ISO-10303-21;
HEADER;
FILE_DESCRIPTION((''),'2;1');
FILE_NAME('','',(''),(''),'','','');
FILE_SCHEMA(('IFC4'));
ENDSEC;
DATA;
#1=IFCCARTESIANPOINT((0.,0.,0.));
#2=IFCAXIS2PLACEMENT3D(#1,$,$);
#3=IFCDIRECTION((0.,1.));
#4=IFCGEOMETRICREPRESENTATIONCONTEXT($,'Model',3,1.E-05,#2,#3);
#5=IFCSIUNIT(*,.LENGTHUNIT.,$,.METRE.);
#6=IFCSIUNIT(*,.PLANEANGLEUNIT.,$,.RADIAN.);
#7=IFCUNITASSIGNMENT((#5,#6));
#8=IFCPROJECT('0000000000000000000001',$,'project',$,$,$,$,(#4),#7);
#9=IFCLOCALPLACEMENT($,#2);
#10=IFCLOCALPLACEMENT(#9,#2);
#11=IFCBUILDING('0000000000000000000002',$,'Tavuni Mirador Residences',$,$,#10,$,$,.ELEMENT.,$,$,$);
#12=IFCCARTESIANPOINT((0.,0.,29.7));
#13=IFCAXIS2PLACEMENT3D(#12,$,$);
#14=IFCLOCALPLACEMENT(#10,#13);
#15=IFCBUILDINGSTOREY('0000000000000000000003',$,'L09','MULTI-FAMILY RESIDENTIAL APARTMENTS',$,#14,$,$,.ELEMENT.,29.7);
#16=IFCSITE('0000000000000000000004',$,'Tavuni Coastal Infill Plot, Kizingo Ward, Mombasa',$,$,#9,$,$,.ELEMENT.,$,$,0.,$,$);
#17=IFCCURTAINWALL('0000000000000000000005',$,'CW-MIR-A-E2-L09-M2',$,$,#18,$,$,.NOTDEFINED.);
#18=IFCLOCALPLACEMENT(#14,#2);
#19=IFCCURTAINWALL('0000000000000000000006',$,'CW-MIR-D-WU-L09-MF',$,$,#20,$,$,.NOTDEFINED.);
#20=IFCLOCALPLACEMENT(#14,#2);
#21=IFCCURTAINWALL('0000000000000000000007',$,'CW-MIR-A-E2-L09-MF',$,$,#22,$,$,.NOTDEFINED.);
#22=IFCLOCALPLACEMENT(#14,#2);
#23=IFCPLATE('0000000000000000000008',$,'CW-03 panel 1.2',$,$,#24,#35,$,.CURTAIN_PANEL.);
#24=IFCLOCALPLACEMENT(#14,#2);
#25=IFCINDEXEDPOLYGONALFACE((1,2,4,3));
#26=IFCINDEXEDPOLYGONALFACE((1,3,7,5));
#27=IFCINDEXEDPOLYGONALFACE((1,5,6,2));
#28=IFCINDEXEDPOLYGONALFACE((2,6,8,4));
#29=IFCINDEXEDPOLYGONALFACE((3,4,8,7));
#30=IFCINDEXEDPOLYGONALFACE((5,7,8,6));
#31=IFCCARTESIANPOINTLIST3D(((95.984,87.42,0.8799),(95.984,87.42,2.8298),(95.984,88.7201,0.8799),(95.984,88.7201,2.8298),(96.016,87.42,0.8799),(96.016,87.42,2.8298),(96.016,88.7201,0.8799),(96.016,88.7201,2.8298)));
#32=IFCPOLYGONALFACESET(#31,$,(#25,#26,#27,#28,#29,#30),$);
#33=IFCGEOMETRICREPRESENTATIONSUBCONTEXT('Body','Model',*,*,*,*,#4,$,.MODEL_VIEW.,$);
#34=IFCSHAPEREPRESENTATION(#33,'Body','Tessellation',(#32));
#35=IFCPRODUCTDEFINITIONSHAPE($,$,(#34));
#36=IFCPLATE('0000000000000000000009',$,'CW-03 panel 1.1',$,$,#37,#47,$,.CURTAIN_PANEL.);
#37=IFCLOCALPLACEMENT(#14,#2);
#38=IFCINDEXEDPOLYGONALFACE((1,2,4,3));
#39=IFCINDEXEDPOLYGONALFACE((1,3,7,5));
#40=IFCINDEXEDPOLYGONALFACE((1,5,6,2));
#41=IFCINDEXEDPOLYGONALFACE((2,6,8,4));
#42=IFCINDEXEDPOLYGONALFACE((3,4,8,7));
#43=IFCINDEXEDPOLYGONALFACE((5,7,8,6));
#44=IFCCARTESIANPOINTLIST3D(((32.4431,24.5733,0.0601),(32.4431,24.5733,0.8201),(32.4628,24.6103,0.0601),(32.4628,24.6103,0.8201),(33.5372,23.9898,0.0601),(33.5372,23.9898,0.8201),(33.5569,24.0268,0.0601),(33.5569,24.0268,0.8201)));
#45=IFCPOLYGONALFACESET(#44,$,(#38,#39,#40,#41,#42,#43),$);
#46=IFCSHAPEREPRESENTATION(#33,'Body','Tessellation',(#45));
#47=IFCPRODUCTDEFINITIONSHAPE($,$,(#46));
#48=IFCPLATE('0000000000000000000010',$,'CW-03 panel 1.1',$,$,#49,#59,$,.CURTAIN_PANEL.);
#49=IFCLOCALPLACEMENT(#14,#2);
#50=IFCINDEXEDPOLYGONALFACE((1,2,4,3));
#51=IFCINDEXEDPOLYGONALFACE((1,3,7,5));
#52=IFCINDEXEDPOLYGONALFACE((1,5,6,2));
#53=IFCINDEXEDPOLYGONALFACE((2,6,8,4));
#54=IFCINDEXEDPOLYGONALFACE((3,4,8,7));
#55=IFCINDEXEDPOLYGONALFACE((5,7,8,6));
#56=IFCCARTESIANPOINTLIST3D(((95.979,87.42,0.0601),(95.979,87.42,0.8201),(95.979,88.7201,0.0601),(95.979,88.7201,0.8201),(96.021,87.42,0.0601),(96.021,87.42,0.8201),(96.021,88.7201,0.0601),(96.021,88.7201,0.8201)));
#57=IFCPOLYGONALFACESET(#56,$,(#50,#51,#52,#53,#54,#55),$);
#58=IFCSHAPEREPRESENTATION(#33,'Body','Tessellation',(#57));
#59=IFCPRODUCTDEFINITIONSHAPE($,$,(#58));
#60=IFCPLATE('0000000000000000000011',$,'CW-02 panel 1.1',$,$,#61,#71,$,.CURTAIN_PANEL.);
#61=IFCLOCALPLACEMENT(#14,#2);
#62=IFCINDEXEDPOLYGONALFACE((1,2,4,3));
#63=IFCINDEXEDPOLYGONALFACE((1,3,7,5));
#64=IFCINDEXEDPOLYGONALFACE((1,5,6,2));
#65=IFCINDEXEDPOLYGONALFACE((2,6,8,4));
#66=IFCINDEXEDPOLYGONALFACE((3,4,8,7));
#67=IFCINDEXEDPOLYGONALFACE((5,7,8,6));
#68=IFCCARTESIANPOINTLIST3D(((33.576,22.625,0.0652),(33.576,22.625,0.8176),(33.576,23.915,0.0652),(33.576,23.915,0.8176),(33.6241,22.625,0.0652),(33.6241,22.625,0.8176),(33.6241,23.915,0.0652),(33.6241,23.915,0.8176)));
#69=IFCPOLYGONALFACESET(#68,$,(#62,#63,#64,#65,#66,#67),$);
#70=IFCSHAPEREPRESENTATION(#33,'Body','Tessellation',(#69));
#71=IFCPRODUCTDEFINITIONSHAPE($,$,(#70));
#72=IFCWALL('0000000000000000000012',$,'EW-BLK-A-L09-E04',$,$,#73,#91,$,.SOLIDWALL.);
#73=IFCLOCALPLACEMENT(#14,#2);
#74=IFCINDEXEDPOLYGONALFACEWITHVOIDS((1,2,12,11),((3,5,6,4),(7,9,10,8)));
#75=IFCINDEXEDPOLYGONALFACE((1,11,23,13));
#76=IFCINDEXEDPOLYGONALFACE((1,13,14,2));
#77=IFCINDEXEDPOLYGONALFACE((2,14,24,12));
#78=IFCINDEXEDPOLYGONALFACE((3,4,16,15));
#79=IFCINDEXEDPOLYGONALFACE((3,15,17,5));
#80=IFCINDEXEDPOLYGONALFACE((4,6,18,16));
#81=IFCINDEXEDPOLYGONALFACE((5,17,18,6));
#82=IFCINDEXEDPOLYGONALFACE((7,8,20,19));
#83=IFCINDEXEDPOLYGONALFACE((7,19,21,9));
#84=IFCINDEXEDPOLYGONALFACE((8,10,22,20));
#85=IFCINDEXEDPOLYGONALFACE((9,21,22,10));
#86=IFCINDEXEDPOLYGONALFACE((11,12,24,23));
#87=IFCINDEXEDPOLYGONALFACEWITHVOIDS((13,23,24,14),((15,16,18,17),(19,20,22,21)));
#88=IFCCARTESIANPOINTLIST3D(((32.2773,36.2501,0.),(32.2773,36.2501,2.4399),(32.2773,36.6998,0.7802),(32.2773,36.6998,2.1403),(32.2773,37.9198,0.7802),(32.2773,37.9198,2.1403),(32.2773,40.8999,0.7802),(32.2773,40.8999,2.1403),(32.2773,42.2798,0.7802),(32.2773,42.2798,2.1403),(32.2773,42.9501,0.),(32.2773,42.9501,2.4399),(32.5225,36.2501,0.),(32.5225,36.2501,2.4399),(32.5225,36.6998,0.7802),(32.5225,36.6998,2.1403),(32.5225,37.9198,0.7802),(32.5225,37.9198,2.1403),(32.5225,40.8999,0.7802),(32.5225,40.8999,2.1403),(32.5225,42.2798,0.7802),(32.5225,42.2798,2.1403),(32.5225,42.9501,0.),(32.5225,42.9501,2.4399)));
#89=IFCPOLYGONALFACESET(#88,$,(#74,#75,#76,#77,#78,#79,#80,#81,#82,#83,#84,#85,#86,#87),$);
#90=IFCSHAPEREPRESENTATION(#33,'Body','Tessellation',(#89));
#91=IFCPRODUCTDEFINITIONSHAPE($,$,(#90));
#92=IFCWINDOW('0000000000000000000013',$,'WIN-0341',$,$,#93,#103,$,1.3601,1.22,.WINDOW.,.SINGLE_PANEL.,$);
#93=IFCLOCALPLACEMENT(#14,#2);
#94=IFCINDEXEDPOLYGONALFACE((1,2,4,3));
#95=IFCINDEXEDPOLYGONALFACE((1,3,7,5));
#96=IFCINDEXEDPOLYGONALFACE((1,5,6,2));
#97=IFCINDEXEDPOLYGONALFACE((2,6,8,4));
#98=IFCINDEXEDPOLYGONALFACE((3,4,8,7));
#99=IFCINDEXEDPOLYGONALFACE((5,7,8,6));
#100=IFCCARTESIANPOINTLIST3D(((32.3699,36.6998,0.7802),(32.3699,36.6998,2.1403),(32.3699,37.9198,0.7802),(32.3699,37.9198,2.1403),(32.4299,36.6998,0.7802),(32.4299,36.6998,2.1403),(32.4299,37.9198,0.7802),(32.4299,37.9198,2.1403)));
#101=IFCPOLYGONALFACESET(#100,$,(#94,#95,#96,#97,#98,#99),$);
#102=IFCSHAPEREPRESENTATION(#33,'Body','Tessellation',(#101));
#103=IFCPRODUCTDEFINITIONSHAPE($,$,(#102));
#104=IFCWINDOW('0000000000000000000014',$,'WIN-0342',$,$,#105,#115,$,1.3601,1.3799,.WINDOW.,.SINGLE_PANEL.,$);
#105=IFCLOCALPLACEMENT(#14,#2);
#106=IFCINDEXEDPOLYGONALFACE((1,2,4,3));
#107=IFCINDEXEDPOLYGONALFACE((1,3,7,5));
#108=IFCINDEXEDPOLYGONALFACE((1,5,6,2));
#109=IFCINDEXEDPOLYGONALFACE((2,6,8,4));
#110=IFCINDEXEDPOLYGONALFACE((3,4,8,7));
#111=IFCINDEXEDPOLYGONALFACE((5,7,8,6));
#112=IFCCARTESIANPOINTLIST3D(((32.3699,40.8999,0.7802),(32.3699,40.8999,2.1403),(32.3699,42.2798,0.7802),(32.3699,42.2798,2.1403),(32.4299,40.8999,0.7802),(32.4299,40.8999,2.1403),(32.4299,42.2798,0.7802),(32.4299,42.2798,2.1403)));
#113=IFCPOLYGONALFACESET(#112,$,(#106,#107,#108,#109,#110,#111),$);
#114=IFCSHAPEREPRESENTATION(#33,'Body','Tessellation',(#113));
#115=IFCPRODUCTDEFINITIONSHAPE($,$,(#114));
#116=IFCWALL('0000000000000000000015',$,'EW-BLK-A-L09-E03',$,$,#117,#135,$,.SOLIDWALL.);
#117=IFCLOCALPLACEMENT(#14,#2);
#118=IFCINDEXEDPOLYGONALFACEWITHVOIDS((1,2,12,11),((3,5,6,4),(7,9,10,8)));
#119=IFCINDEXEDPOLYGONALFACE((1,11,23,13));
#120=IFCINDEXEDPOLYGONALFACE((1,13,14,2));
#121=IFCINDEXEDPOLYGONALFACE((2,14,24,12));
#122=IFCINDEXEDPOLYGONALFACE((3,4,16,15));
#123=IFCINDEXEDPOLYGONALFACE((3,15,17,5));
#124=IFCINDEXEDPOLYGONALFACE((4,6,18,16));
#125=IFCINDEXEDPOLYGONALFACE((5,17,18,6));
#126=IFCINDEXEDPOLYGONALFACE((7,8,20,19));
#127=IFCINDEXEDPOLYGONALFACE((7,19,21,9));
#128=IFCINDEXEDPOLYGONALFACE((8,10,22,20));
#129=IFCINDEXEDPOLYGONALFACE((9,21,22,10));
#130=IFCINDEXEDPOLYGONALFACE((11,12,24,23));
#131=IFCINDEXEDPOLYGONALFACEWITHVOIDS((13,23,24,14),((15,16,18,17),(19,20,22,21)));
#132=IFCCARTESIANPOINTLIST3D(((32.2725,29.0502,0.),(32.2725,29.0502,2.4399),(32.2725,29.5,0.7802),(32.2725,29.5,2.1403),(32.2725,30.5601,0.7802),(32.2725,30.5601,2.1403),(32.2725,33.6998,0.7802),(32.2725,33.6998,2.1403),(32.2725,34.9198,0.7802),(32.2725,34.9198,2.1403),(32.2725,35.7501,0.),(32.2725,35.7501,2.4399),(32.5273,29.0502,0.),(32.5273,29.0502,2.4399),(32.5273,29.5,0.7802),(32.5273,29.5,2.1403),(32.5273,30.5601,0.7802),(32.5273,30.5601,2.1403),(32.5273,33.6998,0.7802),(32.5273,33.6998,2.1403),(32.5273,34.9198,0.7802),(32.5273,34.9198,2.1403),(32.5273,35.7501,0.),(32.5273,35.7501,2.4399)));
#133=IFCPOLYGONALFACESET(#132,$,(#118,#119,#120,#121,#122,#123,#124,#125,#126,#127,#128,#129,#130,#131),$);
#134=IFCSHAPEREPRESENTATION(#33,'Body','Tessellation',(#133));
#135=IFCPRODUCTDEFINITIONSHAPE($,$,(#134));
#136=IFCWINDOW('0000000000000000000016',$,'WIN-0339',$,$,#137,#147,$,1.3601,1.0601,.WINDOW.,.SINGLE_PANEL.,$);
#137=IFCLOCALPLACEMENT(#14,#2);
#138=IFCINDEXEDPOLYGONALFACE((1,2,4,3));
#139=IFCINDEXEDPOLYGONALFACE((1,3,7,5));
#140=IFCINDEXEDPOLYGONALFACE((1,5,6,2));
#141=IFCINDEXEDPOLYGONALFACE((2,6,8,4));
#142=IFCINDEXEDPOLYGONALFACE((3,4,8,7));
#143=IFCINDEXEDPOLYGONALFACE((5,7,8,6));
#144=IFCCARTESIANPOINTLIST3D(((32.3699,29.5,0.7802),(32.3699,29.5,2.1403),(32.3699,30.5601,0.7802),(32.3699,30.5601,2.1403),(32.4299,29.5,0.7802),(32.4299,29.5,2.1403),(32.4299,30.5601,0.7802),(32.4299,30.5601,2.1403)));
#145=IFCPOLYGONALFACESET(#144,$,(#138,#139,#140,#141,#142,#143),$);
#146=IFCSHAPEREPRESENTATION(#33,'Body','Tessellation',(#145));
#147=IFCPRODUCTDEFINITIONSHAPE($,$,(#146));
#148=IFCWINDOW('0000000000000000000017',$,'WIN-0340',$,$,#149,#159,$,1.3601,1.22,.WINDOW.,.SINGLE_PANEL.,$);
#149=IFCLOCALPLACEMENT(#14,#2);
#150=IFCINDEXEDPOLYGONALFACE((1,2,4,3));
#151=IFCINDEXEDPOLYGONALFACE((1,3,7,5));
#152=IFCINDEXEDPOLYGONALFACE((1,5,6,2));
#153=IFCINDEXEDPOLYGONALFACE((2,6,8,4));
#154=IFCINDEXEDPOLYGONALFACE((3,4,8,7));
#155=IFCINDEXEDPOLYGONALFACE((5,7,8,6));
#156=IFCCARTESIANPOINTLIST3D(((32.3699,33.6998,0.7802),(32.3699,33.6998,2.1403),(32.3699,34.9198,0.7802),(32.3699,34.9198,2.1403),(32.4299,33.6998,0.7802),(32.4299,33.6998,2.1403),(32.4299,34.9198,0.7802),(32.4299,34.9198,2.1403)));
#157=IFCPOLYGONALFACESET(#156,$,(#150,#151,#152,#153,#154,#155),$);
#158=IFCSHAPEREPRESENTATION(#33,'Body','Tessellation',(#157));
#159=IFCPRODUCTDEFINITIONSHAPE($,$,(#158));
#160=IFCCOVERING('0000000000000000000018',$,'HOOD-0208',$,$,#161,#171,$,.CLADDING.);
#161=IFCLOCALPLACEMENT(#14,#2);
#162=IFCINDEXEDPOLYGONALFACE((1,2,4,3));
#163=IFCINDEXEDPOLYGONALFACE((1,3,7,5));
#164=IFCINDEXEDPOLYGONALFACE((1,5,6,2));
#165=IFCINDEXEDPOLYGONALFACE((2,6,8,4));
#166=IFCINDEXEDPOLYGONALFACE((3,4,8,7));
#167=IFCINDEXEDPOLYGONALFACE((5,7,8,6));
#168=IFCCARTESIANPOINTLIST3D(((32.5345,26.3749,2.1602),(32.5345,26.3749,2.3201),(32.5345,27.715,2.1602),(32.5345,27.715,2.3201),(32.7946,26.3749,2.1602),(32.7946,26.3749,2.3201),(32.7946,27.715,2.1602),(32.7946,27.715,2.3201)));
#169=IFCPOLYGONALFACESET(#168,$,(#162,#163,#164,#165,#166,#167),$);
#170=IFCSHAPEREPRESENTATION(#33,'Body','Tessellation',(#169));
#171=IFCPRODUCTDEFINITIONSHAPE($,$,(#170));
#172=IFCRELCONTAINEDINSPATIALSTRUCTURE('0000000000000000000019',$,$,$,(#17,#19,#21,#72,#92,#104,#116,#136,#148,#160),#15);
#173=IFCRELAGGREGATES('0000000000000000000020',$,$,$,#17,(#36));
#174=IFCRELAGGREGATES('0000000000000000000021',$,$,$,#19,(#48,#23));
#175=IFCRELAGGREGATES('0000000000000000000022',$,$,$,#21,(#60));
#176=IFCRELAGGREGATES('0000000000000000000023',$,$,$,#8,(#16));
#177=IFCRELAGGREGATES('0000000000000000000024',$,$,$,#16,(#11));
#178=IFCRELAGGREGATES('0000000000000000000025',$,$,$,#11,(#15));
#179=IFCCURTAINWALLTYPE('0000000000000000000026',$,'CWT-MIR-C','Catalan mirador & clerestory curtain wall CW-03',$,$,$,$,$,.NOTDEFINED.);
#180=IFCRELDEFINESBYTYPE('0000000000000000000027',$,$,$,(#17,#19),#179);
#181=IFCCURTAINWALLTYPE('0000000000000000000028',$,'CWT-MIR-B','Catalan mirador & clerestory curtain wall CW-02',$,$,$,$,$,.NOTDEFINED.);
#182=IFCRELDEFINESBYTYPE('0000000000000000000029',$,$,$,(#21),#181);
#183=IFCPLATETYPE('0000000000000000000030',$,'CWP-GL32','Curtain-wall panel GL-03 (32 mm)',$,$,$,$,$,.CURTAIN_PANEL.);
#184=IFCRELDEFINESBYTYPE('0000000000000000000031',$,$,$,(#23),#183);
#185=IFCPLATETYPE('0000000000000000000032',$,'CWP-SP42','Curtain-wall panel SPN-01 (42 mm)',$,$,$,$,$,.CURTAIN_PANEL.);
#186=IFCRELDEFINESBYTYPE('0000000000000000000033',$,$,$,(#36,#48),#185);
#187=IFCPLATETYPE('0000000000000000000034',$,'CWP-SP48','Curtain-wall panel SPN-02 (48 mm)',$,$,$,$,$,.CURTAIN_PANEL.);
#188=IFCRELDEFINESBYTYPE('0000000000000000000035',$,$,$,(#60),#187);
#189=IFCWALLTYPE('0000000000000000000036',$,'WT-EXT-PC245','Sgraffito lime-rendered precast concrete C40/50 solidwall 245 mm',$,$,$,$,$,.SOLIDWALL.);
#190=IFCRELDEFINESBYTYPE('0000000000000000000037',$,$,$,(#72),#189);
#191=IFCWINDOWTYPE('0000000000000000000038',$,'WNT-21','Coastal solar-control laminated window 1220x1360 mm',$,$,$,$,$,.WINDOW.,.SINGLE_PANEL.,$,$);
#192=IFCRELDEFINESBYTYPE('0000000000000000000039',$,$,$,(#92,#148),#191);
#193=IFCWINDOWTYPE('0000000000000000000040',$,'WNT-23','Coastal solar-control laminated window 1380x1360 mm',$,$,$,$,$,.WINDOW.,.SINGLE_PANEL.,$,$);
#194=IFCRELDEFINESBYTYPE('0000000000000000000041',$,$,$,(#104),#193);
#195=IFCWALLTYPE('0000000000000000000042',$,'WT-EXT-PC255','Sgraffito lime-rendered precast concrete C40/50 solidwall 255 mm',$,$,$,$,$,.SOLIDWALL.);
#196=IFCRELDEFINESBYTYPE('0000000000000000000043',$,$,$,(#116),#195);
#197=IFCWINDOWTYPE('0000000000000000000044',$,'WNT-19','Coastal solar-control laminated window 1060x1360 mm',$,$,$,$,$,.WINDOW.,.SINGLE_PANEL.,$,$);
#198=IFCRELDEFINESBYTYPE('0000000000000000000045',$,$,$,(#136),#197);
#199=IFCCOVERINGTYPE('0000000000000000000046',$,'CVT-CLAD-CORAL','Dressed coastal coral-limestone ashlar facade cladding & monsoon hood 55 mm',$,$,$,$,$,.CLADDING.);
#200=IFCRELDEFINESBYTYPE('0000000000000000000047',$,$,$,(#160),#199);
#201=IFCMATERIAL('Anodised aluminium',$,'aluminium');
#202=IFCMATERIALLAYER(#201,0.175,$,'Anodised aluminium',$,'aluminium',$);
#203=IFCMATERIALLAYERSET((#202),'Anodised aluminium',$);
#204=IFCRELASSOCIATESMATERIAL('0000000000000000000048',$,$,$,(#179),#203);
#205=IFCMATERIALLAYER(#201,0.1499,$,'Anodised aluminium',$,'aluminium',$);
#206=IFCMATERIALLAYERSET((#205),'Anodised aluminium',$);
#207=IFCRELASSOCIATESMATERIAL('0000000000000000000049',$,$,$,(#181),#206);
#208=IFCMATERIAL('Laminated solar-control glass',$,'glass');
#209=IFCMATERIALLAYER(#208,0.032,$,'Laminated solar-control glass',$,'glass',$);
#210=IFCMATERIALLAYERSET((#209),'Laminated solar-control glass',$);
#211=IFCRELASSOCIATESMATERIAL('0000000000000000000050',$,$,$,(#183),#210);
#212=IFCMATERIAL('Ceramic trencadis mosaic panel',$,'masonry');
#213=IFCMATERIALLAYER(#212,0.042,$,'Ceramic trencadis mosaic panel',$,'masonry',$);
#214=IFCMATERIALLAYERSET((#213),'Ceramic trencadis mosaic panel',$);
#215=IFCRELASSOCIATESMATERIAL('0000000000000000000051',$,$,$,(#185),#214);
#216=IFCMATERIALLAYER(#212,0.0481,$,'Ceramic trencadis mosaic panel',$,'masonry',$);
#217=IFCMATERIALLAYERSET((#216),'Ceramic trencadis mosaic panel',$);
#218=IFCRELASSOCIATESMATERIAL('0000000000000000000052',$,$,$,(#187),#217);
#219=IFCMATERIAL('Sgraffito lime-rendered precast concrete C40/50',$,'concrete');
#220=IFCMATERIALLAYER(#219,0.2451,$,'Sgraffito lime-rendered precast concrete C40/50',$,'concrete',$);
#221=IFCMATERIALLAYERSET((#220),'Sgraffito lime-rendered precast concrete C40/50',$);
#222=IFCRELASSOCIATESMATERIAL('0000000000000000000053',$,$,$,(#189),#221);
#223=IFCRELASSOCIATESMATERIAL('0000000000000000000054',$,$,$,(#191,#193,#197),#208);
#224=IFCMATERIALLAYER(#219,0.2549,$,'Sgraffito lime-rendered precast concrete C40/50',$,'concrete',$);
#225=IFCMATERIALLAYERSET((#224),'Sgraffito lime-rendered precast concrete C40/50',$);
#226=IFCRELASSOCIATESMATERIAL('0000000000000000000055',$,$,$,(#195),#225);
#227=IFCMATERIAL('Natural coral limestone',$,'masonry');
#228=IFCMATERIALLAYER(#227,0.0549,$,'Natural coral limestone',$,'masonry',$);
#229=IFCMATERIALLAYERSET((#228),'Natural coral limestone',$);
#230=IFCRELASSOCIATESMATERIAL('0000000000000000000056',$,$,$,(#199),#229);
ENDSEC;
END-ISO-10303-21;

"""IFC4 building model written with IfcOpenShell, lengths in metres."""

from ifc_helpers import new_model, si_unit, direction, frame, frame_2d, origin, origin_2d, place, context, subcontext, project, spatial, rectangle, extrude, material, layer, layer_set, type_object, element, fill, aggregate, save


model = new_model("IFC4")

# Units and contexts
model_context = context("Model", 3, precision=1e-05, world=origin(), true_north=direction((0.0, 1.0)))
body_context = subcontext(model_context, "Body", "Model", "MODEL_VIEW")
ifc_project = project(units=[si_unit("LENGTHUNIT", "METRE"), si_unit("PLANEANGLEUNIT", "RADIAN")], contexts=[model_context])

# Site, building, storey
site_placement = place(None, origin())
site = spatial("IfcSite", under=ifc_project, at=site_placement, Name="Tavuni Coastal Infill Plot, Kizingo Ward, Mombasa", CompositionType="ELEMENT", RefElevation=0.0)
building_placement = place(site_placement, origin())
building = spatial("IfcBuilding", under=site, at=building_placement, Name="Tavuni Mirador Residences", CompositionType="ELEMENT")
storey_placement = place(building_placement, frame((0.0, 0.0, 29.7)))
storey = spatial("IfcBuildingStorey", under=building, at=storey_placement, Name="L09", Description="MULTI-FAMILY RESIDENTIAL APARTMENTS", CompositionType="ELEMENT", Elevation=29.7)

# Shared definitions
ifc_material_1 = material(Name="Anodised aluminium", Category="aluminium")

# Curtain wall
ifc_layer_1 = layer(ifc_material_1, 0.175, Name="Anodised aluminium", Category="aluminium")
ifc_layer_set_1 = layer_set([ifc_layer_1], Name="Anodised aluminium")
curtain_wall_type_1 = type_object("IfcCurtainWallType", Name="CWT-MIR-C", Description="Catalan mirador & clerestory curtain wall CW-03", PredefinedType="NOTDEFINED", material=ifc_layer_set_1)
curtain_wall_1_placement = place(storey_placement, origin())
curtain_wall_1 = element("IfcCurtainWall", 1, at=curtain_wall_1_placement, inside=storey, type_object=curtain_wall_type_1, Name="CW-MIR-A-E2-L09-M2", PredefinedType="NOTDEFINED")

# Curtain wall
curtain_wall_2_placement = place(storey_placement, origin())
curtain_wall_2 = element("IfcCurtainWall", 2, at=curtain_wall_2_placement, inside=storey, type_object=curtain_wall_type_1, Name="CW-MIR-D-WU-L09-MF", PredefinedType="NOTDEFINED")

# Curtain wall
ifc_layer_2 = layer(ifc_material_1, 0.1499, Name="Anodised aluminium", Category="aluminium")
ifc_layer_set_2 = layer_set([ifc_layer_2], Name="Anodised aluminium")
curtain_wall_type_2 = type_object("IfcCurtainWallType", Name="CWT-MIR-B", Description="Catalan mirador & clerestory curtain wall CW-02", PredefinedType="NOTDEFINED", material=ifc_layer_set_2)
curtain_wall_3_placement = place(storey_placement, origin())
curtain_wall_3 = element("IfcCurtainWall", 3, at=curtain_wall_3_placement, inside=storey, type_object=curtain_wall_type_2, Name="CW-MIR-A-E2-L09-MF", PredefinedType="NOTDEFINED")

# Plates
ifc_material_2 = material(Name="Laminated solar-control glass", Category="glass")
ifc_layer_3 = layer(ifc_material_2, 0.032, Name="Laminated solar-control glass", Category="glass")
ifc_layer_set_3 = layer_set([ifc_layer_3], Name="Laminated solar-control glass")
plate_type_1 = type_object("IfcPlateType", Name="CWP-GL32", Description="Curtain-wall panel GL-03 (32 mm)", PredefinedType="CURTAIN_PANEL", material=ifc_layer_set_3)
plate_1_placement = place(storey_placement, frame((96.0, 88.0701, 0.8799), z_axis=(0.0, 0.0, 1.0), x_axis=(0.0, -1.0, 0.0)))
plate_1 = element("IfcPlate", 4, at=plate_1_placement, type_object=plate_type_1, Name="CW-03 panel 1.2", PredefinedType="CURTAIN_PANEL", context=body_context, shape_type="SweptSolid", body=[
    extrude(rectangle(XDim=1.3, YDim=0.032, at=origin_2d()), origin(), (0.0, 0.0, 1.0), 1.95),
])
ifc_material_3 = material(Name="Ceramic trencadis mosaic panel", Category="masonry")
ifc_layer_4 = layer(ifc_material_3, 0.042, Name="Ceramic trencadis mosaic panel", Category="masonry")
ifc_layer_set_4 = layer_set([ifc_layer_4], Name="Ceramic trencadis mosaic panel")
plate_type_2 = type_object("IfcPlateType", Name="CWP-SP42", Description="Curtain-wall panel SPN-01 (42 mm)", PredefinedType="CURTAIN_PANEL", material=ifc_layer_set_4)
plate_2_placement = place(storey_placement, frame((33.0, 24.3, 0.0601), z_axis=(0.0, 0.0, 1.0), x_axis=(-0.882353, 0.470588, 0.0)))
plate_2 = element("IfcPlate", 5, at=plate_2_placement, type_object=plate_type_2, Name="CW-03 panel 1.1", PredefinedType="CURTAIN_PANEL", context=body_context, shape_type="SweptSolid", body=[
    extrude(rectangle(XDim=1.24, YDim=0.042, at=origin_2d()), origin(), (0.0, 0.0, 1.0), 0.76),
])
aggregate(curtain_wall_1, [plate_2])
plate_3_placement = place(storey_placement, frame((96.0, 88.0701, 0.0601), z_axis=(0.0, 0.0, 1.0), x_axis=(0.0, -1.0, 0.0)))
plate_3 = element("IfcPlate", 6, at=plate_3_placement, type_object=plate_type_2, Name="CW-03 panel 1.1", PredefinedType="CURTAIN_PANEL", context=body_context, shape_type="SweptSolid", body=[
    extrude(rectangle(XDim=1.3, YDim=0.042, at=origin_2d()), origin(), (0.0, 0.0, 1.0), 0.76),
])
aggregate(curtain_wall_2, [plate_3, plate_1])
ifc_layer_5 = layer(ifc_material_3, 0.0481, Name="Ceramic trencadis mosaic panel", Category="masonry")
ifc_layer_set_5 = layer_set([ifc_layer_5], Name="Ceramic trencadis mosaic panel")
plate_type_3 = type_object("IfcPlateType", Name="CWP-SP48", Description="Curtain-wall panel SPN-02 (48 mm)", PredefinedType="CURTAIN_PANEL", material=ifc_layer_set_5)
plate_4_placement = place(storey_placement, frame((33.6001, 23.27, 0.0652), z_axis=(0.0, 0.0, 1.0), x_axis=(0.0, 1.0, 0.0)))
plate_4 = element("IfcPlate", 7, at=plate_4_placement, type_object=plate_type_3, Name="CW-02 panel 1.1", PredefinedType="CURTAIN_PANEL", context=body_context, shape_type="SweptSolid", body=[
    extrude(rectangle(XDim=1.29, YDim=0.0481, at=origin_2d()), origin(), (0.0, 0.0, 1.0), 0.7524),
])
aggregate(curtain_wall_3, [plate_4])

# Walls, openings, windows
ifc_material_4 = material(Name="Sgraffito lime-rendered precast concrete C40/50", Category="concrete")
ifc_layer_6 = layer(ifc_material_4, 0.2451, Name="Sgraffito lime-rendered precast concrete C40/50", Category="concrete")
ifc_layer_set_6 = layer_set([ifc_layer_6], Name="Sgraffito lime-rendered precast concrete C40/50")
wall_type_1 = type_object("IfcWallType", Name="WT-EXT-PC245", Description="Sgraffito lime-rendered precast concrete C40/50 solidwall 245 mm", PredefinedType="SOLIDWALL", material=ifc_layer_set_6)
wall_1_placement = place(storey_placement, frame((32.3999, 36.25, 0.0), z_axis=(0.0, 0.0, 1.0), x_axis=(0.0, 1.0, 0.0)))
wall_1 = element("IfcWall", 8, at=wall_1_placement, inside=storey, type_object=wall_type_1, Name="EW-BLK-A-L09-E04", PredefinedType="SOLIDWALL", context=body_context, shape_type="SweptSolid", body=[
    extrude(rectangle(XDim=6.7, YDim=0.2451, at=frame_2d((3.3501, 0.0))), origin(), (0.0, 0.0, 1.0), 2.4399),
])
opening_1_placement = place(wall_1_placement, frame((0.45, 0.0, 0.78)))
opening_1 = element("IfcOpeningElement", 9, at=opening_1_placement, cuts=wall_1, PredefinedType="OPENING", context=body_context, shape_type="SweptSolid", body=[
    extrude(rectangle(XDim=1.22, YDim=1.3601, at=frame_2d((0.6099, 0.6802))), frame((0.0, 0.1326, 0.0), z_axis=(0.0, -1.0, 0.0), x_axis=(1.0, 0.0, 0.0)), (0.0, 0.0, 1.0), 0.2651),
])
opening_2_placement = place(wall_1_placement, frame((4.6499, 0.0, 0.78)))
opening_2 = element("IfcOpeningElement", 10, at=opening_2_placement, cuts=wall_1, PredefinedType="OPENING", context=body_context, shape_type="SweptSolid", body=[
    extrude(rectangle(XDim=1.3799, YDim=1.3601, at=frame_2d((0.6899, 0.6802))), frame((0.0, 0.1326, 0.0), z_axis=(0.0, -1.0, 0.0), x_axis=(1.0, 0.0, 0.0)), (0.0, 0.0, 1.0), 0.2651),
])
window_type_1 = type_object("IfcWindowType", Name="WNT-21", Description="Coastal solar-control laminated window 1220x1360 mm", PartitioningType="SINGLE_PANEL", PredefinedType="WINDOW", material=ifc_material_2)
window_1_placement = place(opening_1_placement, origin())
window_1 = element("IfcWindow", 11, at=window_1_placement, inside=storey, type_object=window_type_1, Name="WIN-0341", OverallHeight=1.3601, OverallWidth=1.22, PartitioningType="SINGLE_PANEL", PredefinedType="WINDOW", context=body_context, shape_type="SweptSolid", body=[
    extrude(rectangle(XDim=1.22, YDim=1.3601, at=frame_2d((0.6099, 0.6802))), frame((0.0, 0.03, 0.0), z_axis=(0.0, -1.0, 0.0), x_axis=(1.0, 0.0, 0.0)), (0.0, 0.0, 1.0), 0.0601),
])
fill(opening_1, window_1)
window_type_2 = type_object("IfcWindowType", Name="WNT-23", Description="Coastal solar-control laminated window 1380x1360 mm", PartitioningType="SINGLE_PANEL", PredefinedType="WINDOW", material=ifc_material_2)
window_2_placement = place(opening_2_placement, origin())
window_2 = element("IfcWindow", 12, at=window_2_placement, inside=storey, type_object=window_type_2, Name="WIN-0342", OverallHeight=1.3601, OverallWidth=1.3799, PartitioningType="SINGLE_PANEL", PredefinedType="WINDOW", context=body_context, shape_type="SweptSolid", body=[
    extrude(rectangle(XDim=1.3799, YDim=1.3601, at=frame_2d((0.6899, 0.6802))), frame((0.0, 0.03, 0.0), z_axis=(0.0, -1.0, 0.0), x_axis=(1.0, 0.0, 0.0)), (0.0, 0.0, 1.0), 0.0601),
])
fill(opening_2, window_2)
ifc_layer_7 = layer(ifc_material_4, 0.2549, Name="Sgraffito lime-rendered precast concrete C40/50", Category="concrete")
ifc_layer_set_7 = layer_set([ifc_layer_7], Name="Sgraffito lime-rendered precast concrete C40/50")
wall_type_2 = type_object("IfcWallType", Name="WT-EXT-PC255", Description="Sgraffito lime-rendered precast concrete C40/50 solidwall 255 mm", PredefinedType="SOLIDWALL", material=ifc_layer_set_7)
wall_2_placement = place(storey_placement, frame((32.3999, 29.05, 0.0), z_axis=(0.0, 0.0, 1.0), x_axis=(0.0, 1.0, 0.0)))
wall_2 = element("IfcWall", 13, at=wall_2_placement, inside=storey, type_object=wall_type_2, Name="EW-BLK-A-L09-E03", PredefinedType="SOLIDWALL", context=body_context, shape_type="SweptSolid", body=[
    extrude(rectangle(XDim=6.7, YDim=0.2549, at=frame_2d((3.3501, 0.0))), origin(), (0.0, 0.0, 1.0), 2.4399),
])
opening_3_placement = place(wall_2_placement, frame((0.45, 0.0, 0.78)))
opening_3 = element("IfcOpeningElement", 14, at=opening_3_placement, cuts=wall_2, PredefinedType="OPENING", context=body_context, shape_type="SweptSolid", body=[
    extrude(rectangle(XDim=1.0601, YDim=1.3601, at=frame_2d((0.53, 0.6802))), frame((0.0, 0.1375, 0.0), z_axis=(0.0, -1.0, 0.0), x_axis=(1.0, 0.0, 0.0)), (0.0, 0.0, 1.0), 0.2749),
])
opening_4_placement = place(wall_2_placement, frame((4.6499, 0.0, 0.78)))
opening_4 = element("IfcOpeningElement", 15, at=opening_4_placement, cuts=wall_2, PredefinedType="OPENING", context=body_context, shape_type="SweptSolid", body=[
    extrude(rectangle(XDim=1.22, YDim=1.3601, at=frame_2d((0.6099, 0.6802))), frame((0.0, 0.1375, 0.0), z_axis=(0.0, -1.0, 0.0), x_axis=(1.0, 0.0, 0.0)), (0.0, 0.0, 1.0), 0.2749),
])
window_type_3 = type_object("IfcWindowType", Name="WNT-19", Description="Coastal solar-control laminated window 1060x1360 mm", PartitioningType="SINGLE_PANEL", PredefinedType="WINDOW", material=ifc_material_2)
window_3_placement = place(opening_3_placement, origin())
window_3 = element("IfcWindow", 16, at=window_3_placement, inside=storey, type_object=window_type_3, Name="WIN-0339", OverallHeight=1.3601, OverallWidth=1.0601, PartitioningType="SINGLE_PANEL", PredefinedType="WINDOW", context=body_context, shape_type="SweptSolid", body=[
    extrude(rectangle(XDim=1.0601, YDim=1.3601, at=frame_2d((0.53, 0.6802))), frame((0.0, 0.03, 0.0), z_axis=(0.0, -1.0, 0.0), x_axis=(1.0, 0.0, 0.0)), (0.0, 0.0, 1.0), 0.0601),
])
fill(opening_3, window_3)
window_4_placement = place(opening_4_placement, origin())
window_4 = element("IfcWindow", 17, at=window_4_placement, inside=storey, type_object=window_type_1, Name="WIN-0340", OverallHeight=1.3601, OverallWidth=1.22, PartitioningType="SINGLE_PANEL", PredefinedType="WINDOW", context=body_context, shape_type="SweptSolid", body=[
    extrude(rectangle(XDim=1.22, YDim=1.3601, at=frame_2d((0.6099, 0.6802))), frame((0.0, 0.03, 0.0), z_axis=(0.0, -1.0, 0.0), x_axis=(1.0, 0.0, 0.0)), (0.0, 0.0, 1.0), 0.0601),
])
fill(opening_4, window_4)

# Covering
ifc_material_5 = material(Name="Natural coral limestone", Category="masonry")
ifc_layer_8 = layer(ifc_material_5, 0.0549, Name="Natural coral limestone", Category="masonry")
ifc_layer_set_8 = layer_set([ifc_layer_8], Name="Natural coral limestone")
covering_type = type_object("IfcCoveringType", Name="CVT-CLAD-CORAL", Description="Dressed coastal coral-limestone ashlar facade cladding & monsoon hood 55 mm", PredefinedType="CLADDING", material=ifc_layer_set_8)
covering_placement = place(storey_placement, frame((32.6646, 27.0449, 2.1602), z_axis=(0.0, 0.0, 1.0), x_axis=(0.0, 1.0, 0.0)))
element("IfcCovering", 18, at=covering_placement, inside=storey, type_object=covering_type, Name="HOOD-0208", PredefinedType="CLADDING", context=body_context, shape_type="SweptSolid", body=[
    extrude(rectangle(XDim=1.3401, YDim=0.26, at=origin_2d()), origin(), (0.0, 0.0, 1.0), 0.1599),
])

save(model, "model.ifc")
